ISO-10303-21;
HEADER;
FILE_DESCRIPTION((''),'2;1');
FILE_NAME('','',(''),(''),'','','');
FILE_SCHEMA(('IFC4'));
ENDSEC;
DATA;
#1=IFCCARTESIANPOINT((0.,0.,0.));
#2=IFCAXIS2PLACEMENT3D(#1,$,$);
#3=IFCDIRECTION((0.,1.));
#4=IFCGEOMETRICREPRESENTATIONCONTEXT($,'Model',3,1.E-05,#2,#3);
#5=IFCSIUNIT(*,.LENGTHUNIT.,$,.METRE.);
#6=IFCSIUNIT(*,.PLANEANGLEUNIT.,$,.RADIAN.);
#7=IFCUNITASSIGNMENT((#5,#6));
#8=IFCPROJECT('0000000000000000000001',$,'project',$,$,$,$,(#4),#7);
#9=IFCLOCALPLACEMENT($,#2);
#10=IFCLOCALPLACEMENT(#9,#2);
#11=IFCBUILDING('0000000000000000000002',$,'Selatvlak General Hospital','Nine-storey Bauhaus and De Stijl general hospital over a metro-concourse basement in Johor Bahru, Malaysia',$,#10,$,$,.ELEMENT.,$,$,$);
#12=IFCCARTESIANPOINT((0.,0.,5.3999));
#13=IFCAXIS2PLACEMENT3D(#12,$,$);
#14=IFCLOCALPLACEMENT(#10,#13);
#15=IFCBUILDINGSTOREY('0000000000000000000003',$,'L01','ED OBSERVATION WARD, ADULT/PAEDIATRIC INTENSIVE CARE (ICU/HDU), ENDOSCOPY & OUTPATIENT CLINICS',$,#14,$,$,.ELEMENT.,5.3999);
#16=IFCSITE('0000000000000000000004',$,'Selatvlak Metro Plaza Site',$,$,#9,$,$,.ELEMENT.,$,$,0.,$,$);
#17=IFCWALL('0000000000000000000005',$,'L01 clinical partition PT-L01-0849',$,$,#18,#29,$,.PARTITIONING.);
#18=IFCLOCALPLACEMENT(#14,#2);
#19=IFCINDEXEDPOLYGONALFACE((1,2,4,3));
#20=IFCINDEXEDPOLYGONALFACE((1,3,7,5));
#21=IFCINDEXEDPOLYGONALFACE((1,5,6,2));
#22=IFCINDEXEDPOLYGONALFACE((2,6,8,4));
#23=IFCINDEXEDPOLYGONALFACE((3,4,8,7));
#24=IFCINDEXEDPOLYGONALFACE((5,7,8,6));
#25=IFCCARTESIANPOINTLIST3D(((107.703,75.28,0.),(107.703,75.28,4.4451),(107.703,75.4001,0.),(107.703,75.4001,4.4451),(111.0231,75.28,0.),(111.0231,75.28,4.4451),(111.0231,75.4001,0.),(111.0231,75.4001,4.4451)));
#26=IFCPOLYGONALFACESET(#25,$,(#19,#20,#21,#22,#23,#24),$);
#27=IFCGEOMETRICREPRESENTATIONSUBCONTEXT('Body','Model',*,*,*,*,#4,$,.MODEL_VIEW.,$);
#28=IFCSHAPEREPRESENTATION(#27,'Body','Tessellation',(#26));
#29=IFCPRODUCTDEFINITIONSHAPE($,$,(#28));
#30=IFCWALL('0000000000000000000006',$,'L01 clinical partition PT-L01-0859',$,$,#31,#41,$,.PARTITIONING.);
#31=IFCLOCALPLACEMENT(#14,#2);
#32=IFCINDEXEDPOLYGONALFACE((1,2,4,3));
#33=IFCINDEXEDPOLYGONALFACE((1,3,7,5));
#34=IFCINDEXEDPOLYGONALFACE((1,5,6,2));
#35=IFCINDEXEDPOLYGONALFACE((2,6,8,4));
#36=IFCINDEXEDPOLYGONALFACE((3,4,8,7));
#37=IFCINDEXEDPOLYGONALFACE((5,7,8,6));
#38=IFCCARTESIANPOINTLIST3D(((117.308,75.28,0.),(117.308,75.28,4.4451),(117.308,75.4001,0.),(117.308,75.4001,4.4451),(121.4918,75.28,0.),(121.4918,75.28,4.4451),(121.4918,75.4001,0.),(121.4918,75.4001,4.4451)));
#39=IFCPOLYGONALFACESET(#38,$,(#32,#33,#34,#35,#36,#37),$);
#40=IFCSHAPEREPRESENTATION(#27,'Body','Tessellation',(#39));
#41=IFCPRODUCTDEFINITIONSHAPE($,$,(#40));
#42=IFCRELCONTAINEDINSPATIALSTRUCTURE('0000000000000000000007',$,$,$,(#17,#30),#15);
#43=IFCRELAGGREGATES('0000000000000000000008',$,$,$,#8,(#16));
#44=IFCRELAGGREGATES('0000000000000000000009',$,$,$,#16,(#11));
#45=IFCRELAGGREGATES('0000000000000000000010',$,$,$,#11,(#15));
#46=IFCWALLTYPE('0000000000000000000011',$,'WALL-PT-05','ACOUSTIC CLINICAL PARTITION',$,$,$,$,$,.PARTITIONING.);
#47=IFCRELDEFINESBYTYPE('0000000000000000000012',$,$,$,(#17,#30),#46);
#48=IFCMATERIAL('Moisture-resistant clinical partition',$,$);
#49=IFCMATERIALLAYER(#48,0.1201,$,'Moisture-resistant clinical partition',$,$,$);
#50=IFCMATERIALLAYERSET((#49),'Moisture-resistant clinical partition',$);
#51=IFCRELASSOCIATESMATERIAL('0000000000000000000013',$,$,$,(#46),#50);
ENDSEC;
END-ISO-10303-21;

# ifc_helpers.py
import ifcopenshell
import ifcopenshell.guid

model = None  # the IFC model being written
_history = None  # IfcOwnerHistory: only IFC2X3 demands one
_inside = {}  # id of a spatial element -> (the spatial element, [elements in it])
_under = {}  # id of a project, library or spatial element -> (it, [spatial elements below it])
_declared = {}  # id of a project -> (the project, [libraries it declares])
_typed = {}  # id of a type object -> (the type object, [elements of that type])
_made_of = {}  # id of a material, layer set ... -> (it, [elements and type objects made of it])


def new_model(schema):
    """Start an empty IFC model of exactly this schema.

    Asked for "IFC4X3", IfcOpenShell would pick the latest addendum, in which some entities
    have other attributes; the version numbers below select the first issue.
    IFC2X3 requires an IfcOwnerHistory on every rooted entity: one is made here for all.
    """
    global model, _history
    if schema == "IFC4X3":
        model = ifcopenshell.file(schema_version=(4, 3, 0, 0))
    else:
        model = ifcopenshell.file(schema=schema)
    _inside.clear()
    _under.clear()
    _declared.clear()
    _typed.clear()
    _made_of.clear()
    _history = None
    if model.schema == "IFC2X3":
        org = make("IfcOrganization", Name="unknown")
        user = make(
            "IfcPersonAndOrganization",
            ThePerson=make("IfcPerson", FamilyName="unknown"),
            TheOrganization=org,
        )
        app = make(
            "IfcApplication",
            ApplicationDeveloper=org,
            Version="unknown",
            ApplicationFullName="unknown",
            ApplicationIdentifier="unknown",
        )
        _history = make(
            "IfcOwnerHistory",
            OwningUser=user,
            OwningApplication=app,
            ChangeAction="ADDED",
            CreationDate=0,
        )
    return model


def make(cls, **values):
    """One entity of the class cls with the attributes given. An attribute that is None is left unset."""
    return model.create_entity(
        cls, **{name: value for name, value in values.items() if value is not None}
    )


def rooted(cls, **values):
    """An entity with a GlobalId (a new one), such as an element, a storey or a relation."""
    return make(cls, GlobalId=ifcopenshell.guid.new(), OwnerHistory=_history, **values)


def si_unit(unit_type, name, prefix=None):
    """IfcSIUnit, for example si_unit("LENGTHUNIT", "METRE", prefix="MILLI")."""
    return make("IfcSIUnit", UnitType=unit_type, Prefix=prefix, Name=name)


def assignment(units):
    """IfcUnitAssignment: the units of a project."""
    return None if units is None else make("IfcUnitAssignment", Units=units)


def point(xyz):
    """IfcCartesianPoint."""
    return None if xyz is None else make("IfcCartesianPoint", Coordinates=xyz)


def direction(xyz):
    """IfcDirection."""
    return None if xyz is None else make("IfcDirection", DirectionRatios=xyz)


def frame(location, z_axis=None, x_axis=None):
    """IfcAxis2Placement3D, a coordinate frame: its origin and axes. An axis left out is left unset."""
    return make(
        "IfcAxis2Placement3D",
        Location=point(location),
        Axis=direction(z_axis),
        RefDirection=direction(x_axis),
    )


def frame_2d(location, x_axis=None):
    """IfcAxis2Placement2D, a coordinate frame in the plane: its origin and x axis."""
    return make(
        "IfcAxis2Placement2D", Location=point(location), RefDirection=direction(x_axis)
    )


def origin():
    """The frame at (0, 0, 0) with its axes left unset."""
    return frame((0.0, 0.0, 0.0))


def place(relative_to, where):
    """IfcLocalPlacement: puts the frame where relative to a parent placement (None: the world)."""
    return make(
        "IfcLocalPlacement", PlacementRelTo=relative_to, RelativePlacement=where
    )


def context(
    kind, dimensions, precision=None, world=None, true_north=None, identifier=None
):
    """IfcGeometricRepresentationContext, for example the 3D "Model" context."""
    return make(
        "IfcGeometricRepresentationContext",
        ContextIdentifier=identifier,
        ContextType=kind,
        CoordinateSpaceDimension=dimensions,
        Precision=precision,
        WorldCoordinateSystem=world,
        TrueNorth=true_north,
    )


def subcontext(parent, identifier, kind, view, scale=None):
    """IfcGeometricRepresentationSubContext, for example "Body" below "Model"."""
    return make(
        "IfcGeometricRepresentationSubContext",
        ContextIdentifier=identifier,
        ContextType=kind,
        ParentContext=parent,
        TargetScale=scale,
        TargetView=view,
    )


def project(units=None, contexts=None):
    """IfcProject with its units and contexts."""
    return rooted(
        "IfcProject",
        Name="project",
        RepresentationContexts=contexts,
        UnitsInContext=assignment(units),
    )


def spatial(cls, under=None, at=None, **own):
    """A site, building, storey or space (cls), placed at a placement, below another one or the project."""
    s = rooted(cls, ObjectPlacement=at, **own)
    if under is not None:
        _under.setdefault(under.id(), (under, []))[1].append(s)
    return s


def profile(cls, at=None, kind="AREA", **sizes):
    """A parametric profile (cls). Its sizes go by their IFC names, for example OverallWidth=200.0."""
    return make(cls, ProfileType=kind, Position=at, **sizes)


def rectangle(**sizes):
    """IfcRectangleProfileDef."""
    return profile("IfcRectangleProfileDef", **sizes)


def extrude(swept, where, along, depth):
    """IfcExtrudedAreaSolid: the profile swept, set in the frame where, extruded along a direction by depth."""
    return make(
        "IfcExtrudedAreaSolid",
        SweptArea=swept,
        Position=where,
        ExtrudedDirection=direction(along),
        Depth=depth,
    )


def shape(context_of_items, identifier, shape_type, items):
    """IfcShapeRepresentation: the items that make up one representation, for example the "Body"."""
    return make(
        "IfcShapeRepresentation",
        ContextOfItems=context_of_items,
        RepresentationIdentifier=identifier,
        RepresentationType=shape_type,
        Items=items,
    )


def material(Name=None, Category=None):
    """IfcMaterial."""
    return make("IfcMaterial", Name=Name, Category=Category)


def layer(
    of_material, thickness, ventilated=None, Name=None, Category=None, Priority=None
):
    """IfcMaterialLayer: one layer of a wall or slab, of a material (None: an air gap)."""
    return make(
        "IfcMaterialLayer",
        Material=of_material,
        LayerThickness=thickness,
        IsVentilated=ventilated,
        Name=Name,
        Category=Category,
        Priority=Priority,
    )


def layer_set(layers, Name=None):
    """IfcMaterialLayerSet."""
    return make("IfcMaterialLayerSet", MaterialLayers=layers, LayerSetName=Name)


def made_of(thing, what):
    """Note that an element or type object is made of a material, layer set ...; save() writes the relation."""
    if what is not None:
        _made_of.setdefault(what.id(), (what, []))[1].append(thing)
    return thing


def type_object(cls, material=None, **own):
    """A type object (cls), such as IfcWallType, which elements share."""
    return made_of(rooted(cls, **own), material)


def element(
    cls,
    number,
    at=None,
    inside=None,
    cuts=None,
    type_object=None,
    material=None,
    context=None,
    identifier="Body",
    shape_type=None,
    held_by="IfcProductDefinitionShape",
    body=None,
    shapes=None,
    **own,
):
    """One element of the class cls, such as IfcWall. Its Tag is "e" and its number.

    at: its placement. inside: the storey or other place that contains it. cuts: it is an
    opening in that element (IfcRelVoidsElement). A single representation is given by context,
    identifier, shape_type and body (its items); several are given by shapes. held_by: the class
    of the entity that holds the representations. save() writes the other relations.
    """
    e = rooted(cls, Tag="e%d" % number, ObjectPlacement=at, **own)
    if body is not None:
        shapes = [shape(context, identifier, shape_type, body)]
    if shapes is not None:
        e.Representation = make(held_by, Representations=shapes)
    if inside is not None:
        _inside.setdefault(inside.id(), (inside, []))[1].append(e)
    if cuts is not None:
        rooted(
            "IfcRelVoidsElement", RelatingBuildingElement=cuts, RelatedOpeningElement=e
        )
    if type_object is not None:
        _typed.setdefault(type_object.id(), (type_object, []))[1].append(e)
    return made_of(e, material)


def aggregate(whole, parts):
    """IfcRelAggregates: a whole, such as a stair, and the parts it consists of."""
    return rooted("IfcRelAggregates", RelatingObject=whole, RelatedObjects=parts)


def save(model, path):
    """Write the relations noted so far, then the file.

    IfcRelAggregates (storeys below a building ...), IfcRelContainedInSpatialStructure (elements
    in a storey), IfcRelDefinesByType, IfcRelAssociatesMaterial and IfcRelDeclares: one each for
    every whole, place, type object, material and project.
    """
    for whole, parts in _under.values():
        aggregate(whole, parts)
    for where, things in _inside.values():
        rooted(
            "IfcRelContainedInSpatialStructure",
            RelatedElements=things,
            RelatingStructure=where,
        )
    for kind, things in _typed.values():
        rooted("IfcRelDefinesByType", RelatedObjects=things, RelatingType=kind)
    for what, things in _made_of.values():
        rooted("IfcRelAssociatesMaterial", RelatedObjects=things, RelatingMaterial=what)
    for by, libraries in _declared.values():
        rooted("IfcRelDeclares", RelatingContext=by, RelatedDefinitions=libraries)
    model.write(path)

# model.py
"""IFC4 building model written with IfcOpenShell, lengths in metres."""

from ifc_helpers import new_model, si_unit, direction, frame, frame_2d, origin, place, context, subcontext, project, spatial, rectangle, extrude, material, layer, layer_set, type_object, element, save


model = new_model("IFC4")

# Units and contexts
model_context = context("Model", 3, precision=1e-05, world=origin(), true_north=direction((0.0, 1.0)))
body_context = subcontext(model_context, "Body", "Model", "MODEL_VIEW")
ifc_project = project(units=[si_unit("LENGTHUNIT", "METRE"), si_unit("PLANEANGLEUNIT", "RADIAN")], contexts=[model_context])

# Site, building, storey
site_placement = place(None, origin())
site = spatial("IfcSite", under=ifc_project, at=site_placement, Name="Selatvlak Metro Plaza Site", CompositionType="ELEMENT", RefElevation=0.0)
building_placement = place(site_placement, origin())
building = spatial("IfcBuilding", under=site, at=building_placement, Name="Selatvlak General Hospital", Description="Nine-storey Bauhaus and De Stijl general hospital over a metro-concourse basement in Johor Bahru, Malaysia", CompositionType="ELEMENT")
storey_placement = place(building_placement, frame((0.0, 0.0, 5.3999)))
storey = spatial("IfcBuildingStorey", under=building, at=storey_placement, Name="L01", Description="ED OBSERVATION WARD, ADULT/PAEDIATRIC INTENSIVE CARE (ICU/HDU), ENDOSCOPY & OUTPATIENT CLINICS", CompositionType="ELEMENT", Elevation=5.3999)

# Walls
ifc_material_1 = material(Name="Moisture-resistant clinical partition")
ifc_layer_1 = layer(ifc_material_1, 0.1201, Name="Moisture-resistant clinical partition")
ifc_layer_set_1 = layer_set([ifc_layer_1], Name="Moisture-resistant clinical partition")
wall_type_1 = type_object("IfcWallType", Name="WALL-PT-05", Description="ACOUSTIC CLINICAL PARTITION", PredefinedType="PARTITIONING", material=ifc_layer_set_1)
wall_1_placement = place(storey_placement, frame((107.7029, 75.3401, 0.0), z_axis=(0.0, 0.0, 1.0), x_axis=(1.0, 0.0, 0.0)))
element("IfcWall", 1, at=wall_1_placement, inside=storey, type_object=wall_type_1, Name="L01 clinical partition PT-L01-0849", PredefinedType="PARTITIONING", context=body_context, shape_type="SweptSolid", body=[
    extrude(rectangle(XDim=3.3201, YDim=0.1201, at=frame_2d((1.6602, 0.0))), origin(), (0.0, 0.0, 1.0), 4.4451),
])
wall_2_placement = place(storey_placement, frame((117.3081, 75.3401, 0.0), z_axis=(0.0, 0.0, 1.0), x_axis=(1.0, 0.0, 0.0)))
element("IfcWall", 2, at=wall_2_placement, inside=storey, type_object=wall_type_1, Name="L01 clinical partition PT-L01-0859", PredefinedType="PARTITIONING", context=body_context, shape_type="SweptSolid", body=[
    extrude(rectangle(XDim=4.1838, YDim=0.1201, at=frame_2d((2.0918, 0.0))), origin(), (0.0, 0.0, 1.0), 4.4451),
])

save(model, "model.ifc")
